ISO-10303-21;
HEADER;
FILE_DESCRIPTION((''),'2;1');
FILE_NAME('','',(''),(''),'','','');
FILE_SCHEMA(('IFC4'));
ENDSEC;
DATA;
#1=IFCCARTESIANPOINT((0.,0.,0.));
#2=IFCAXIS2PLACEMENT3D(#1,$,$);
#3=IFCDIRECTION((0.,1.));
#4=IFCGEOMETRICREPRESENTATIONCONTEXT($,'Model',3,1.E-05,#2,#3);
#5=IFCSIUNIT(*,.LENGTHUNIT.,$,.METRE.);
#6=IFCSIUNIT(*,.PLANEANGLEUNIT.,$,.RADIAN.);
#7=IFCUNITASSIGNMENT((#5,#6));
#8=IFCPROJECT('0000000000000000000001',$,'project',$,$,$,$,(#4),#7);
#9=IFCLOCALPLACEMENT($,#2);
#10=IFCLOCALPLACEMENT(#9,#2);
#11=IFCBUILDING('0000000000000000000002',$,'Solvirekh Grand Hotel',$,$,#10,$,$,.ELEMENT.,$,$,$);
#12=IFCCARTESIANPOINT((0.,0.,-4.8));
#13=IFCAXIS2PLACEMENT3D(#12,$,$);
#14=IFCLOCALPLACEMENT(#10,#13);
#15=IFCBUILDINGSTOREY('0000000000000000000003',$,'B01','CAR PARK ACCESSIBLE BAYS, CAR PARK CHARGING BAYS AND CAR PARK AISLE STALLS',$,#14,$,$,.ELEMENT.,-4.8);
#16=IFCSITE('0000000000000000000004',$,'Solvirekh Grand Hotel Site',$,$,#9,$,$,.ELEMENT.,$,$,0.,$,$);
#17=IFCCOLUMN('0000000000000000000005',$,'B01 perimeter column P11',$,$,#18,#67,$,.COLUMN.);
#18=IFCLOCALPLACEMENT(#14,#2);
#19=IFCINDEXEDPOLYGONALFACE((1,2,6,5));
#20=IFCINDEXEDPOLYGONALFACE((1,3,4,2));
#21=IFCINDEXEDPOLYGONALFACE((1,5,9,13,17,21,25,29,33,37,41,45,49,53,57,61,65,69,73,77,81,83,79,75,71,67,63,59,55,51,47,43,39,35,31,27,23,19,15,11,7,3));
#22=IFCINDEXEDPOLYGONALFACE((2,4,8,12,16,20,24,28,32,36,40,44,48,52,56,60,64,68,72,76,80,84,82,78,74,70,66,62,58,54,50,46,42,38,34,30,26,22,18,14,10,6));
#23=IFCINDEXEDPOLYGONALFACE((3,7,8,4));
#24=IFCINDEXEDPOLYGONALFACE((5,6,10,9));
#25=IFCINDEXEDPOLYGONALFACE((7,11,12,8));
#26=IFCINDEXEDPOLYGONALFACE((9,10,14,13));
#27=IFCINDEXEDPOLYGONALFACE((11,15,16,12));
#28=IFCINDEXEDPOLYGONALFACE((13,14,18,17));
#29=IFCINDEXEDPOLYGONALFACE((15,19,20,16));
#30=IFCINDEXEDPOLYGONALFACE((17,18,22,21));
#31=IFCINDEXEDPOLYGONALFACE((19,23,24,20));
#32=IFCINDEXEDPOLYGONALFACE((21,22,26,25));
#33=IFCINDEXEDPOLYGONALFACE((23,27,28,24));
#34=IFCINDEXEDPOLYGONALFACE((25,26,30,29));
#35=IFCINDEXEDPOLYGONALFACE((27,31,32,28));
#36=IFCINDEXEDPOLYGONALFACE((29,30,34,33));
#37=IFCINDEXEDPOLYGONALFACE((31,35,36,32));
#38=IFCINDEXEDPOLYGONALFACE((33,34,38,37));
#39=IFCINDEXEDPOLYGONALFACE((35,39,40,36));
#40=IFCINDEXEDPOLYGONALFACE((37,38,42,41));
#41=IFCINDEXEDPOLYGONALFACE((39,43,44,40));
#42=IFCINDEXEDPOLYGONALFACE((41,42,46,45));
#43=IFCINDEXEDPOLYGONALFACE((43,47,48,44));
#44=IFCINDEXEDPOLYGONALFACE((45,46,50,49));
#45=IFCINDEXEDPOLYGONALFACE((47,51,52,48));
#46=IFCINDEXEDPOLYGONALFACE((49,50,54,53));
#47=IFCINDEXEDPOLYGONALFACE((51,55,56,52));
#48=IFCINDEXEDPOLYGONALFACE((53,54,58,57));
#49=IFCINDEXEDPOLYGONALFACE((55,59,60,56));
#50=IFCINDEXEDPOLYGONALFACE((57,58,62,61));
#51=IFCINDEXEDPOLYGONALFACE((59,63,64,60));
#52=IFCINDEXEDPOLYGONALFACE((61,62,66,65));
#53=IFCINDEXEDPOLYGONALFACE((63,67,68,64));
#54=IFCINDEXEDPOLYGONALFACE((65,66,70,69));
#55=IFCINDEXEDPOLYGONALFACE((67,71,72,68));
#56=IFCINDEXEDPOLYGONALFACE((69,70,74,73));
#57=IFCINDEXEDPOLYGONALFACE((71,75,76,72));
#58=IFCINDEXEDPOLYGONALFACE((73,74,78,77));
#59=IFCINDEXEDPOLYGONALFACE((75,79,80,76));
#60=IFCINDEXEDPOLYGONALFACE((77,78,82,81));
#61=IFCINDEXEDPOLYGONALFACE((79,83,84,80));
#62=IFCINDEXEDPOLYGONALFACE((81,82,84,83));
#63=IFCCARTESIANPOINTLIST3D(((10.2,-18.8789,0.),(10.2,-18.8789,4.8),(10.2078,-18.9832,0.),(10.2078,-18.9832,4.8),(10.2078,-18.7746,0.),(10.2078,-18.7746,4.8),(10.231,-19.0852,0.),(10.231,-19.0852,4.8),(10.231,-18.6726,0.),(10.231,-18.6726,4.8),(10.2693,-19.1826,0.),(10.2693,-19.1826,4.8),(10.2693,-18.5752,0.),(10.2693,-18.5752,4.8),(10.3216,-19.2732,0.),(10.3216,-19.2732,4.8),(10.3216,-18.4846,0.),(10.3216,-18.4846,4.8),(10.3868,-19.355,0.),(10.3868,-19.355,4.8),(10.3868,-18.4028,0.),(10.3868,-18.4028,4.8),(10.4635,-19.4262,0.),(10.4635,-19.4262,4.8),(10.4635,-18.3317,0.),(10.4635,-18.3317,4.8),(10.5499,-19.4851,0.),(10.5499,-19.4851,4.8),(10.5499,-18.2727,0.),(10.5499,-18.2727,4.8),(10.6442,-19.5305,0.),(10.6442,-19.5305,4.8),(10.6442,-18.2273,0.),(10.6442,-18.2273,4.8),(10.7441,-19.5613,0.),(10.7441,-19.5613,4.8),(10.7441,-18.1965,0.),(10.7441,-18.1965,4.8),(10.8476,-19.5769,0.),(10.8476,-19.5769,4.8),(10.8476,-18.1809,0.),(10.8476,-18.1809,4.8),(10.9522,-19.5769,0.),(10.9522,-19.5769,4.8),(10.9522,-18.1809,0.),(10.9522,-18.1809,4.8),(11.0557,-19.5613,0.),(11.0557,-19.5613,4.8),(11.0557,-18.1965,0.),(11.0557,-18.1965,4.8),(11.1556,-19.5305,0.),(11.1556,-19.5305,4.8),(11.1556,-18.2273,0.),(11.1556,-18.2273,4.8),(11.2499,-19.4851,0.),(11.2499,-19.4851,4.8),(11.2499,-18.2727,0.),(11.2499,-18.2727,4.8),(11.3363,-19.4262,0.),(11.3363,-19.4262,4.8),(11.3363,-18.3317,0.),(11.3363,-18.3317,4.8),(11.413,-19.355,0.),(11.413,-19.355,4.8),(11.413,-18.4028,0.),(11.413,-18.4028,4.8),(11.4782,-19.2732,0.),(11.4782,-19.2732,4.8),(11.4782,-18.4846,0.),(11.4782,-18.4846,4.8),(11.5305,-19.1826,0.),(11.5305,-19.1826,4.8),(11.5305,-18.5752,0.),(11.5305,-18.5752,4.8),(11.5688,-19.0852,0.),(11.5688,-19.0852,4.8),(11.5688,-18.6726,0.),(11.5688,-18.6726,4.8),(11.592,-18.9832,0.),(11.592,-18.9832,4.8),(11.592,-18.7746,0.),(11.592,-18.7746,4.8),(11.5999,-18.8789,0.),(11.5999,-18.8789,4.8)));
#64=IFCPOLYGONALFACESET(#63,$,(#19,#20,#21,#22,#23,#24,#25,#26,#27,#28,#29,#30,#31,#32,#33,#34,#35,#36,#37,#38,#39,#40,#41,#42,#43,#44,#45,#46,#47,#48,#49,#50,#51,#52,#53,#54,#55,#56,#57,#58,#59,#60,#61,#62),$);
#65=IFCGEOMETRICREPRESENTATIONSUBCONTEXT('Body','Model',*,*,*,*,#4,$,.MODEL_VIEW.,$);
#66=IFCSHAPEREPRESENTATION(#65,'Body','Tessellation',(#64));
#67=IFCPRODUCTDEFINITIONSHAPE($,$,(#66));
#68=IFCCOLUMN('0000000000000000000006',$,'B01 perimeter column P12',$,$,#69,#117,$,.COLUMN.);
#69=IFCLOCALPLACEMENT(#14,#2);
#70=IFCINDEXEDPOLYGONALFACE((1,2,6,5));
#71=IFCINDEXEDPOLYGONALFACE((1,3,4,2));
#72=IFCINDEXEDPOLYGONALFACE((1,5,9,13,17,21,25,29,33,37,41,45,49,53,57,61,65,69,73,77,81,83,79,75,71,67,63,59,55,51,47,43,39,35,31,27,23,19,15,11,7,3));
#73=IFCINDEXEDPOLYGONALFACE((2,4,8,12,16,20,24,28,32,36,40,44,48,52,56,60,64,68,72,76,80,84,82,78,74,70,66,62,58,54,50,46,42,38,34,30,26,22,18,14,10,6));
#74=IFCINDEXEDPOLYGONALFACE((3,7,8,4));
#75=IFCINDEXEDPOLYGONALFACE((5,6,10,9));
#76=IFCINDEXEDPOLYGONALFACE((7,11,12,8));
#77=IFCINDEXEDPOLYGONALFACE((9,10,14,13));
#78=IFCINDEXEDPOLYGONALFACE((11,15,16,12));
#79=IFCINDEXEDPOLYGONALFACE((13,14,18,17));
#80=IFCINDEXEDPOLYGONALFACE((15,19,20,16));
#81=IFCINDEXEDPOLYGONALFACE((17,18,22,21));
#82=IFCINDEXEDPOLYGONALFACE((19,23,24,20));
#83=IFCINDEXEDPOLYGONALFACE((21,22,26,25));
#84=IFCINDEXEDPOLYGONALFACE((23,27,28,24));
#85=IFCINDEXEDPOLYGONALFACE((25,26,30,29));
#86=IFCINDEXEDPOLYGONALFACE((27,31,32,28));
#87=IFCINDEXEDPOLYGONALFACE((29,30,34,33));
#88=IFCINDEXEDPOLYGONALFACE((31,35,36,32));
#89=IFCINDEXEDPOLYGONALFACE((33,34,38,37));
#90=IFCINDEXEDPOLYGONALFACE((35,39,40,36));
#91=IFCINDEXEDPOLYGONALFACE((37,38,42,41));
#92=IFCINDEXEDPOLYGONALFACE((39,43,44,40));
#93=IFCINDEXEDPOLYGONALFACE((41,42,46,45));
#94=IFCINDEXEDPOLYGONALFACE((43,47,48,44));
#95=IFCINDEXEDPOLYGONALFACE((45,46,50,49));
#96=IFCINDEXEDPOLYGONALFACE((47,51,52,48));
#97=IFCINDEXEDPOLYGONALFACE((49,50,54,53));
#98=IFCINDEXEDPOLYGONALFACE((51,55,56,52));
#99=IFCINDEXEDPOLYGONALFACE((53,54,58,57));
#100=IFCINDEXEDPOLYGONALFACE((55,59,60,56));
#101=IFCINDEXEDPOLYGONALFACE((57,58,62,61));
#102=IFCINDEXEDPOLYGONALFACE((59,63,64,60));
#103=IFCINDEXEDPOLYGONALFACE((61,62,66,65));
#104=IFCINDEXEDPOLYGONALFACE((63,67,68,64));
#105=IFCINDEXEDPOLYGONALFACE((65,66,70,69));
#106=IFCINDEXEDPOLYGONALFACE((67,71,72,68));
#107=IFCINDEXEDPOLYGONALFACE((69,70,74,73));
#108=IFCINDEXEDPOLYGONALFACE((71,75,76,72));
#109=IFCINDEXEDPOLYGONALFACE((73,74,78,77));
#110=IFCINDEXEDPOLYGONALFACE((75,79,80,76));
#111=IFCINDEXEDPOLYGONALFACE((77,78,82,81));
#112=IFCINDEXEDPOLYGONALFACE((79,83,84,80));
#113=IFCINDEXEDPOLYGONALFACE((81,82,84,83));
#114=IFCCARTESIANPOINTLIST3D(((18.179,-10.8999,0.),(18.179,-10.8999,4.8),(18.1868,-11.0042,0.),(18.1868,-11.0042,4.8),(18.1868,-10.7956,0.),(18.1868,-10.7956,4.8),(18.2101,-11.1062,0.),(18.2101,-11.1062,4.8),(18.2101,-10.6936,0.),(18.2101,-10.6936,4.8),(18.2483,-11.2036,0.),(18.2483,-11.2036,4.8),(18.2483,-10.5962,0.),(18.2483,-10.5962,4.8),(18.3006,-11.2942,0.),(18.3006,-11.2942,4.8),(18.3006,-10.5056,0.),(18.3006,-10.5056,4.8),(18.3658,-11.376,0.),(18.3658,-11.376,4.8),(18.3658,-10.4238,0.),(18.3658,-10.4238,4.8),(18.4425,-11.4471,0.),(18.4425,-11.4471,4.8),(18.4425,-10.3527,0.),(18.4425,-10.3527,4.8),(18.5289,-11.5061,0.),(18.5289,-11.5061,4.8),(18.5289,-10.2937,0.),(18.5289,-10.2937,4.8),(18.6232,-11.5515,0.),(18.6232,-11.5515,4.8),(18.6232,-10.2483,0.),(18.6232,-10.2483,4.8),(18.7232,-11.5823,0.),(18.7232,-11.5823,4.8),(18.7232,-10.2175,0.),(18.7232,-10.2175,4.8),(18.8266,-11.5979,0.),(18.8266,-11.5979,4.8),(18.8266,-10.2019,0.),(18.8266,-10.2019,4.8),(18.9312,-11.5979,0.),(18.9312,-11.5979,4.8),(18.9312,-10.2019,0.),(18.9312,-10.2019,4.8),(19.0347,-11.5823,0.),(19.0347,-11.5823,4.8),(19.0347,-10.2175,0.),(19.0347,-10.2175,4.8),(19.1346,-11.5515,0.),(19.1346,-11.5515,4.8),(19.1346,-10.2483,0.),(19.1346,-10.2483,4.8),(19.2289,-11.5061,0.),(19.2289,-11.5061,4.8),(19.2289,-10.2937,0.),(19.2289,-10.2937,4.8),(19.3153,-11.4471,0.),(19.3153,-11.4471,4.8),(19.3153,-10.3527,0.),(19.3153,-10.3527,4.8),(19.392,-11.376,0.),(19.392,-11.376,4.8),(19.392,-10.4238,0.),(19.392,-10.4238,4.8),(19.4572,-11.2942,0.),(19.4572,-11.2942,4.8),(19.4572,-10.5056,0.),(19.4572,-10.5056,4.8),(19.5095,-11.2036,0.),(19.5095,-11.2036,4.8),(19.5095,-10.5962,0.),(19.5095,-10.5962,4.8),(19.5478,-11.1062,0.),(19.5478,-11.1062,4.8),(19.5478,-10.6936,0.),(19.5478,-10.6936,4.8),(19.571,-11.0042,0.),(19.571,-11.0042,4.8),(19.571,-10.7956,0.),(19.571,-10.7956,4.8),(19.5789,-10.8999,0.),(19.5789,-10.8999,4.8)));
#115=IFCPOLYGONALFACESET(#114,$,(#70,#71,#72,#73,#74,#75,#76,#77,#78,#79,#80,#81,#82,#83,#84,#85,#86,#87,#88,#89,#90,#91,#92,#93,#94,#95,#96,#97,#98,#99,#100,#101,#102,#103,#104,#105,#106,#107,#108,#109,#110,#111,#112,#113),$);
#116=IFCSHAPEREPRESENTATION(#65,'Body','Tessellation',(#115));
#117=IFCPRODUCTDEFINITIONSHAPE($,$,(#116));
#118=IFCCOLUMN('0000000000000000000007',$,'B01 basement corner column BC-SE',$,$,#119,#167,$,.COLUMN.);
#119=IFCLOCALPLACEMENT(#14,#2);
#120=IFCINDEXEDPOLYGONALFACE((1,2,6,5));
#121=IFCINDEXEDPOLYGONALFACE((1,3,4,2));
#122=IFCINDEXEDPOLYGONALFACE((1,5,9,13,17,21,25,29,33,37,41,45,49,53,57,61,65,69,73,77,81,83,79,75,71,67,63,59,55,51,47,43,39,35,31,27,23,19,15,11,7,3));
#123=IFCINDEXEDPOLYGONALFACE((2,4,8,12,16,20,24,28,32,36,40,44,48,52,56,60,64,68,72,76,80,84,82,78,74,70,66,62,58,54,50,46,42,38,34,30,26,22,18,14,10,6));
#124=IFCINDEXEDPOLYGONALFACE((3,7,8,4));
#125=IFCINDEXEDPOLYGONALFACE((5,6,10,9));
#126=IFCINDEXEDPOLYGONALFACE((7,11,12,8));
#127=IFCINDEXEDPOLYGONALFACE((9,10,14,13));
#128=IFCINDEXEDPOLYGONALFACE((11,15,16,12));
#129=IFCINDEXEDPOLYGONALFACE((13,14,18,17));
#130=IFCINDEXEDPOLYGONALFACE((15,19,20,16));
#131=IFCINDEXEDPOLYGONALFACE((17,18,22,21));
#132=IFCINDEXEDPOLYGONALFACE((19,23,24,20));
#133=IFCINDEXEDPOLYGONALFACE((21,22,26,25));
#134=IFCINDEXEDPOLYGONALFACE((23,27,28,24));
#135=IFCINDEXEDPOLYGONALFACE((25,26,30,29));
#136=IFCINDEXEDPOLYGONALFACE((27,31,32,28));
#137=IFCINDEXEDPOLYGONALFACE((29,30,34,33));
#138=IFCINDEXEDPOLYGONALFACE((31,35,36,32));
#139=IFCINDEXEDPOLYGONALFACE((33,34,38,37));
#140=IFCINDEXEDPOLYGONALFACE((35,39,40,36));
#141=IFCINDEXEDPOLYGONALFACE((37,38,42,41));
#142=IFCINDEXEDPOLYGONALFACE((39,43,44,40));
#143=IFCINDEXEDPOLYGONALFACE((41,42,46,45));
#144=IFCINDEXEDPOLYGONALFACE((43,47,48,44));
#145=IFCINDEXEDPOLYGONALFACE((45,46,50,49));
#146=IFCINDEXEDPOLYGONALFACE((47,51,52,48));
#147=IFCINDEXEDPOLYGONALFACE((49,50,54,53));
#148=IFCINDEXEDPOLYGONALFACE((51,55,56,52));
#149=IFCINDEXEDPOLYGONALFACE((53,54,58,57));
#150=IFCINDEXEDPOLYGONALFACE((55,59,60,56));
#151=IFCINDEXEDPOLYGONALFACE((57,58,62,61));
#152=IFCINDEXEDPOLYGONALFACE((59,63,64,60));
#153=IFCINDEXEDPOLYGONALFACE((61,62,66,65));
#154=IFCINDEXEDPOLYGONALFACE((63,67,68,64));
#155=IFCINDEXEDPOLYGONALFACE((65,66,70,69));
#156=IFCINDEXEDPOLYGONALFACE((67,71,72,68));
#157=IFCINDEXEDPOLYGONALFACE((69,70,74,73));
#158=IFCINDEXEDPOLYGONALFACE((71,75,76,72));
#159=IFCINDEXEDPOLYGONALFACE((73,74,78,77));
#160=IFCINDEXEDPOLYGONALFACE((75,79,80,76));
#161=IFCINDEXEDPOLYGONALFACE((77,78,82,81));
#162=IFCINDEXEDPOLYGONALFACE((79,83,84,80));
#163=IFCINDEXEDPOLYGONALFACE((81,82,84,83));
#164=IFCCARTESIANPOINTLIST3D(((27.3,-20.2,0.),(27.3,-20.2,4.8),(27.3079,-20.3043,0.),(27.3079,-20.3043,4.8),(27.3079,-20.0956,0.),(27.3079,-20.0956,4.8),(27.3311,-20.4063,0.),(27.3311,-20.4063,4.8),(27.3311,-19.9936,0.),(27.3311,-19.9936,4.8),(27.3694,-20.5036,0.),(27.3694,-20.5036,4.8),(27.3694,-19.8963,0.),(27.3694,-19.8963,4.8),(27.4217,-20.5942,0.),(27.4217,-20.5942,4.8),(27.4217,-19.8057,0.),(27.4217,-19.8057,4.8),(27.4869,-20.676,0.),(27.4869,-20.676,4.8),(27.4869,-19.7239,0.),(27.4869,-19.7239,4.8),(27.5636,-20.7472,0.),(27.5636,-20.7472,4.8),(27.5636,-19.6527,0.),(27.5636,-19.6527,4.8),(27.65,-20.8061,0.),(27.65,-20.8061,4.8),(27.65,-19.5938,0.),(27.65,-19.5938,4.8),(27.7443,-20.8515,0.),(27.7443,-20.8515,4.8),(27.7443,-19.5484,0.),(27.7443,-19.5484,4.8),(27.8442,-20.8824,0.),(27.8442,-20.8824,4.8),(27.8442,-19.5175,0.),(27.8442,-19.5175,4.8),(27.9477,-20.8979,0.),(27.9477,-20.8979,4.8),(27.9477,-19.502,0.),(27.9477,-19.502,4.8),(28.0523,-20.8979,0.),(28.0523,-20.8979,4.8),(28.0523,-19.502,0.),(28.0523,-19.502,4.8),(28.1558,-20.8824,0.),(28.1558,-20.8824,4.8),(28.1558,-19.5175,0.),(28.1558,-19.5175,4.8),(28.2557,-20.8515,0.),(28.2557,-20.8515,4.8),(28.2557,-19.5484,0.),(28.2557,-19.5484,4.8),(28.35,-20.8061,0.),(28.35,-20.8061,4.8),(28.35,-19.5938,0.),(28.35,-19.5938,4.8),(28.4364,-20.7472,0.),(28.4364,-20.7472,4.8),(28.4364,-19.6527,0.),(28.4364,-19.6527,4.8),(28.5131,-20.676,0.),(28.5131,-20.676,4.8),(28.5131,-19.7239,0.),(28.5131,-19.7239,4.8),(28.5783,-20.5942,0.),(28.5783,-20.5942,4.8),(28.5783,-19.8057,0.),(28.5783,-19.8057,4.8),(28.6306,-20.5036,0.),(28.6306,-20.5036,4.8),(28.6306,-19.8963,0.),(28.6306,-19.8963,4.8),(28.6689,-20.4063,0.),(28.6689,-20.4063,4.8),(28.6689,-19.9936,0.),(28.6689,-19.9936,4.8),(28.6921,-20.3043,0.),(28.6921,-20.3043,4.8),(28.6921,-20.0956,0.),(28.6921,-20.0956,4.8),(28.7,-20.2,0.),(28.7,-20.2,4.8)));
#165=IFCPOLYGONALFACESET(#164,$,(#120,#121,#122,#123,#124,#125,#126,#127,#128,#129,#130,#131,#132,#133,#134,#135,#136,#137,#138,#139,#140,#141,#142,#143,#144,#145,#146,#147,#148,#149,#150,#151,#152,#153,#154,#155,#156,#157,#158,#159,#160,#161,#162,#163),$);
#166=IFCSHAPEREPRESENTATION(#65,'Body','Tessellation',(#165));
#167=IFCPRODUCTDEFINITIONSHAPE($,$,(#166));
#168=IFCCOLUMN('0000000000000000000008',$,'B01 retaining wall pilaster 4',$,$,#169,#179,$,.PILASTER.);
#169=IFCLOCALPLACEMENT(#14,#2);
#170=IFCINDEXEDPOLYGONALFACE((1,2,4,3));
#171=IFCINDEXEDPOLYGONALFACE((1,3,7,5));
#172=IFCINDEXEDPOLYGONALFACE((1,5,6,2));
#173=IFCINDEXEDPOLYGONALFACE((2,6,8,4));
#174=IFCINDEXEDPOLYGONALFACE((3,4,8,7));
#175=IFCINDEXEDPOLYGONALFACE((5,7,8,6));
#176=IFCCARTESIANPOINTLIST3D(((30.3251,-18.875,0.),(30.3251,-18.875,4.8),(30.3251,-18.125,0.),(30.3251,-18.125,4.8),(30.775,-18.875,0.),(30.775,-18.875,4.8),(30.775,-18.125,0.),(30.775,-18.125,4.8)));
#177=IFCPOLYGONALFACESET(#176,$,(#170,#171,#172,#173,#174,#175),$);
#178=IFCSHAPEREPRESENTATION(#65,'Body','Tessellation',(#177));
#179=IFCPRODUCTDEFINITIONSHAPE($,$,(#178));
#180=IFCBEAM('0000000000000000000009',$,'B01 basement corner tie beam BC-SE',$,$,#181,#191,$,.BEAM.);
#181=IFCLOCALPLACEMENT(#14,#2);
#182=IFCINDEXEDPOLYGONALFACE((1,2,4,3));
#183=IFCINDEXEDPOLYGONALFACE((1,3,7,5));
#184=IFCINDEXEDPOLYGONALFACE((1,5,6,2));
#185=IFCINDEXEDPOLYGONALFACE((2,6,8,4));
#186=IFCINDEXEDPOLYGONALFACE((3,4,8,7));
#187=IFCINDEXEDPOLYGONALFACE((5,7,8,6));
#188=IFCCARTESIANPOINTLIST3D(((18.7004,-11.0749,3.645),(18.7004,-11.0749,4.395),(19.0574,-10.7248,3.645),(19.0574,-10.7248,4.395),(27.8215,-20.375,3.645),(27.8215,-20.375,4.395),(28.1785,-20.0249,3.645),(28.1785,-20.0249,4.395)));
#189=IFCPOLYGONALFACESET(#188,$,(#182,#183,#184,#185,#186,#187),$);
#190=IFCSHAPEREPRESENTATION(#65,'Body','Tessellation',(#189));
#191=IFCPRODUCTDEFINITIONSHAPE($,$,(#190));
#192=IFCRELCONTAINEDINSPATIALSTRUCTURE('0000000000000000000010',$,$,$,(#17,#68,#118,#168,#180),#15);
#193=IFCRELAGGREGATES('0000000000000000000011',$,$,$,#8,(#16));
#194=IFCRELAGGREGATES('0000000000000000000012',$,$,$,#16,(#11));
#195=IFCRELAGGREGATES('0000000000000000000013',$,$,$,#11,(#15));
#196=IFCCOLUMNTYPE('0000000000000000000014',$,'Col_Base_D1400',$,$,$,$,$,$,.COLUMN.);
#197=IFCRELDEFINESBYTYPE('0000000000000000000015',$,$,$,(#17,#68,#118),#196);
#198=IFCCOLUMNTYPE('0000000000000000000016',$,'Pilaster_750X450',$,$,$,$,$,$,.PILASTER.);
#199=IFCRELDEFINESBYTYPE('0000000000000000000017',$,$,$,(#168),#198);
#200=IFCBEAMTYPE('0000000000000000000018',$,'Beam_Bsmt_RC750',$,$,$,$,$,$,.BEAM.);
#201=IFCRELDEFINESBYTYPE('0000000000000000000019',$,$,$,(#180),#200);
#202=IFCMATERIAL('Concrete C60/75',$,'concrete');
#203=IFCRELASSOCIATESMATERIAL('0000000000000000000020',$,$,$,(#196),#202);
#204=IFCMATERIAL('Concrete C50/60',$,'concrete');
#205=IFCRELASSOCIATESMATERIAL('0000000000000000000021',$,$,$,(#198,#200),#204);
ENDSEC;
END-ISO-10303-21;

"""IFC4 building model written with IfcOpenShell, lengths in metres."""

from ifc_helpers import new_model, si_unit, direction, frame, origin, origin_2d, place, context, subcontext, project, spatial, rectangle, circle, extrude, material, material_profile, profile_set, type_object, element, save


model = new_model("IFC4")

# Units and contexts
model_context = context("Model", 3, precision=1e-05, world=origin(), true_north=direction((0.0, 1.0)))
body_context = subcontext(model_context, "Body", "Model", "MODEL_VIEW")
ifc_project = project(units=[si_unit("LENGTHUNIT", "METRE"), si_unit("PLANEANGLEUNIT", "RADIAN")], contexts=[model_context])

# Site, building, storey
site_placement = place(None, origin())
site = spatial("IfcSite", under=ifc_project, at=site_placement, Name="Solvirekh Grand Hotel Site", CompositionType="ELEMENT", RefElevation=0.0)
building_placement = place(site_placement, origin())
building = spatial("IfcBuilding", under=site, at=building_placement, Name="Solvirekh Grand Hotel", CompositionType="ELEMENT")
storey_placement = place(building_placement, frame((0.0, 0.0, -4.8)))
storey = spatial("IfcBuildingStorey", under=building, at=storey_placement, Name="B01", Description="CAR PARK ACCESSIBLE BAYS, CAR PARK CHARGING BAYS AND CAR PARK AISLE STALLS", CompositionType="ELEMENT", Elevation=-4.8)

# Columns
ifc_material_1 = material(Name="Concrete C60/75", Category="concrete")
ifc_material_profile_1 = material_profile(ifc_material_1, circle(Radius=0.7, at=origin_2d()), Name="RC CIRC D1400")
ifc_profile_set_1 = profile_set([ifc_material_profile_1], Name="Concrete C60/75")
column_type_1 = type_object("IfcColumnType", Name="Col_Base_D1400", PredefinedType="COLUMN", material=ifc_profile_set_1)
for number, where, z_axis, x_axis, name in (
    (1, (10.8999, -18.8789, 0.0), (0.0, 0.0, 1.0), (1.0, 0.0, 0.0), "B01 perimeter column P11"),
    (2, (18.8789, -10.8999, 0.0), (0.0, 0.0, 1.0), (1.0, 0.0, 0.0), "B01 perimeter column P12"),
    (3, (28.0, -20.2, 0.0), (0.0, 0.0, 1.0), (1.0, 0.0, 0.0), "B01 basement corner column BC-SE"),
):
    element("IfcColumn", number, at=place(storey_placement, frame(where, z_axis=z_axis, x_axis=x_axis)), inside=storey, type_object=column_type_1, Name=name, PredefinedType="COLUMN", context=body_context, shape_type="SweptSolid", body=[
        extrude(circle(Radius=0.7, at=origin_2d()), origin(), (0.0, 0.0, 1.0), 4.8),
    ])
ifc_material_2 = material(Name="Concrete C50/60", Category="concrete")
ifc_material_profile_2 = material_profile(ifc_material_2, rectangle(XDim=0.45, YDim=0.75, at=origin_2d()), Name="RC PILASTER 750X450")
ifc_profile_set_2 = profile_set([ifc_material_profile_2], Name="Concrete C50/60")
column_type_2 = type_object("IfcColumnType", Name="Pilaster_750X450", PredefinedType="PILASTER", material=ifc_profile_set_2)
column_placement = place(storey_placement, frame((30.55, -18.5, 0.0), z_axis=(0.0, 0.0, 1.0), x_axis=(1.0, 0.0, 0.0)))
element("IfcColumn", 4, at=column_placement, inside=storey, type_object=column_type_2, Name="B01 retaining wall pilaster 4", PredefinedType="PILASTER", context=body_context, shape_type="SweptSolid", body=[
    extrude(rectangle(XDim=0.45, YDim=0.75, at=origin_2d()), origin(), (0.0, 0.0, 1.0), 4.8),
])

# Beam
ifc_material_profile_3 = material_profile(ifc_material_2, rectangle(XDim=0.5, YDim=0.75, at=origin_2d()), Name="RC BEAM 500X750")
ifc_profile_set_3 = profile_set([ifc_material_profile_3], Name="Concrete C50/60")
beam_type_1 = type_object("IfcBeamType", Name="Beam_Bsmt_RC750", PredefinedType="BEAM", material=ifc_profile_set_3)
beam_1_placement = place(storey_placement, frame((28.0, -20.2, 4.02), z_axis=(-0.700204, 0.713942, 0.0), x_axis=(-0.713942, -0.700204, 0.0)))
element("IfcBeam", 5, at=beam_1_placement, inside=storey, type_object=beam_type_1, Name="B01 basement corner tie beam BC-SE", PredefinedType="BEAM", context=body_context, shape_type="SweptSolid", body=[
    extrude(rectangle(XDim=0.5, YDim=0.75, at=origin_2d()), origin(), (0.0, 0.0, 1.0), 13.0264),
])

save(model, "model.ifc")
